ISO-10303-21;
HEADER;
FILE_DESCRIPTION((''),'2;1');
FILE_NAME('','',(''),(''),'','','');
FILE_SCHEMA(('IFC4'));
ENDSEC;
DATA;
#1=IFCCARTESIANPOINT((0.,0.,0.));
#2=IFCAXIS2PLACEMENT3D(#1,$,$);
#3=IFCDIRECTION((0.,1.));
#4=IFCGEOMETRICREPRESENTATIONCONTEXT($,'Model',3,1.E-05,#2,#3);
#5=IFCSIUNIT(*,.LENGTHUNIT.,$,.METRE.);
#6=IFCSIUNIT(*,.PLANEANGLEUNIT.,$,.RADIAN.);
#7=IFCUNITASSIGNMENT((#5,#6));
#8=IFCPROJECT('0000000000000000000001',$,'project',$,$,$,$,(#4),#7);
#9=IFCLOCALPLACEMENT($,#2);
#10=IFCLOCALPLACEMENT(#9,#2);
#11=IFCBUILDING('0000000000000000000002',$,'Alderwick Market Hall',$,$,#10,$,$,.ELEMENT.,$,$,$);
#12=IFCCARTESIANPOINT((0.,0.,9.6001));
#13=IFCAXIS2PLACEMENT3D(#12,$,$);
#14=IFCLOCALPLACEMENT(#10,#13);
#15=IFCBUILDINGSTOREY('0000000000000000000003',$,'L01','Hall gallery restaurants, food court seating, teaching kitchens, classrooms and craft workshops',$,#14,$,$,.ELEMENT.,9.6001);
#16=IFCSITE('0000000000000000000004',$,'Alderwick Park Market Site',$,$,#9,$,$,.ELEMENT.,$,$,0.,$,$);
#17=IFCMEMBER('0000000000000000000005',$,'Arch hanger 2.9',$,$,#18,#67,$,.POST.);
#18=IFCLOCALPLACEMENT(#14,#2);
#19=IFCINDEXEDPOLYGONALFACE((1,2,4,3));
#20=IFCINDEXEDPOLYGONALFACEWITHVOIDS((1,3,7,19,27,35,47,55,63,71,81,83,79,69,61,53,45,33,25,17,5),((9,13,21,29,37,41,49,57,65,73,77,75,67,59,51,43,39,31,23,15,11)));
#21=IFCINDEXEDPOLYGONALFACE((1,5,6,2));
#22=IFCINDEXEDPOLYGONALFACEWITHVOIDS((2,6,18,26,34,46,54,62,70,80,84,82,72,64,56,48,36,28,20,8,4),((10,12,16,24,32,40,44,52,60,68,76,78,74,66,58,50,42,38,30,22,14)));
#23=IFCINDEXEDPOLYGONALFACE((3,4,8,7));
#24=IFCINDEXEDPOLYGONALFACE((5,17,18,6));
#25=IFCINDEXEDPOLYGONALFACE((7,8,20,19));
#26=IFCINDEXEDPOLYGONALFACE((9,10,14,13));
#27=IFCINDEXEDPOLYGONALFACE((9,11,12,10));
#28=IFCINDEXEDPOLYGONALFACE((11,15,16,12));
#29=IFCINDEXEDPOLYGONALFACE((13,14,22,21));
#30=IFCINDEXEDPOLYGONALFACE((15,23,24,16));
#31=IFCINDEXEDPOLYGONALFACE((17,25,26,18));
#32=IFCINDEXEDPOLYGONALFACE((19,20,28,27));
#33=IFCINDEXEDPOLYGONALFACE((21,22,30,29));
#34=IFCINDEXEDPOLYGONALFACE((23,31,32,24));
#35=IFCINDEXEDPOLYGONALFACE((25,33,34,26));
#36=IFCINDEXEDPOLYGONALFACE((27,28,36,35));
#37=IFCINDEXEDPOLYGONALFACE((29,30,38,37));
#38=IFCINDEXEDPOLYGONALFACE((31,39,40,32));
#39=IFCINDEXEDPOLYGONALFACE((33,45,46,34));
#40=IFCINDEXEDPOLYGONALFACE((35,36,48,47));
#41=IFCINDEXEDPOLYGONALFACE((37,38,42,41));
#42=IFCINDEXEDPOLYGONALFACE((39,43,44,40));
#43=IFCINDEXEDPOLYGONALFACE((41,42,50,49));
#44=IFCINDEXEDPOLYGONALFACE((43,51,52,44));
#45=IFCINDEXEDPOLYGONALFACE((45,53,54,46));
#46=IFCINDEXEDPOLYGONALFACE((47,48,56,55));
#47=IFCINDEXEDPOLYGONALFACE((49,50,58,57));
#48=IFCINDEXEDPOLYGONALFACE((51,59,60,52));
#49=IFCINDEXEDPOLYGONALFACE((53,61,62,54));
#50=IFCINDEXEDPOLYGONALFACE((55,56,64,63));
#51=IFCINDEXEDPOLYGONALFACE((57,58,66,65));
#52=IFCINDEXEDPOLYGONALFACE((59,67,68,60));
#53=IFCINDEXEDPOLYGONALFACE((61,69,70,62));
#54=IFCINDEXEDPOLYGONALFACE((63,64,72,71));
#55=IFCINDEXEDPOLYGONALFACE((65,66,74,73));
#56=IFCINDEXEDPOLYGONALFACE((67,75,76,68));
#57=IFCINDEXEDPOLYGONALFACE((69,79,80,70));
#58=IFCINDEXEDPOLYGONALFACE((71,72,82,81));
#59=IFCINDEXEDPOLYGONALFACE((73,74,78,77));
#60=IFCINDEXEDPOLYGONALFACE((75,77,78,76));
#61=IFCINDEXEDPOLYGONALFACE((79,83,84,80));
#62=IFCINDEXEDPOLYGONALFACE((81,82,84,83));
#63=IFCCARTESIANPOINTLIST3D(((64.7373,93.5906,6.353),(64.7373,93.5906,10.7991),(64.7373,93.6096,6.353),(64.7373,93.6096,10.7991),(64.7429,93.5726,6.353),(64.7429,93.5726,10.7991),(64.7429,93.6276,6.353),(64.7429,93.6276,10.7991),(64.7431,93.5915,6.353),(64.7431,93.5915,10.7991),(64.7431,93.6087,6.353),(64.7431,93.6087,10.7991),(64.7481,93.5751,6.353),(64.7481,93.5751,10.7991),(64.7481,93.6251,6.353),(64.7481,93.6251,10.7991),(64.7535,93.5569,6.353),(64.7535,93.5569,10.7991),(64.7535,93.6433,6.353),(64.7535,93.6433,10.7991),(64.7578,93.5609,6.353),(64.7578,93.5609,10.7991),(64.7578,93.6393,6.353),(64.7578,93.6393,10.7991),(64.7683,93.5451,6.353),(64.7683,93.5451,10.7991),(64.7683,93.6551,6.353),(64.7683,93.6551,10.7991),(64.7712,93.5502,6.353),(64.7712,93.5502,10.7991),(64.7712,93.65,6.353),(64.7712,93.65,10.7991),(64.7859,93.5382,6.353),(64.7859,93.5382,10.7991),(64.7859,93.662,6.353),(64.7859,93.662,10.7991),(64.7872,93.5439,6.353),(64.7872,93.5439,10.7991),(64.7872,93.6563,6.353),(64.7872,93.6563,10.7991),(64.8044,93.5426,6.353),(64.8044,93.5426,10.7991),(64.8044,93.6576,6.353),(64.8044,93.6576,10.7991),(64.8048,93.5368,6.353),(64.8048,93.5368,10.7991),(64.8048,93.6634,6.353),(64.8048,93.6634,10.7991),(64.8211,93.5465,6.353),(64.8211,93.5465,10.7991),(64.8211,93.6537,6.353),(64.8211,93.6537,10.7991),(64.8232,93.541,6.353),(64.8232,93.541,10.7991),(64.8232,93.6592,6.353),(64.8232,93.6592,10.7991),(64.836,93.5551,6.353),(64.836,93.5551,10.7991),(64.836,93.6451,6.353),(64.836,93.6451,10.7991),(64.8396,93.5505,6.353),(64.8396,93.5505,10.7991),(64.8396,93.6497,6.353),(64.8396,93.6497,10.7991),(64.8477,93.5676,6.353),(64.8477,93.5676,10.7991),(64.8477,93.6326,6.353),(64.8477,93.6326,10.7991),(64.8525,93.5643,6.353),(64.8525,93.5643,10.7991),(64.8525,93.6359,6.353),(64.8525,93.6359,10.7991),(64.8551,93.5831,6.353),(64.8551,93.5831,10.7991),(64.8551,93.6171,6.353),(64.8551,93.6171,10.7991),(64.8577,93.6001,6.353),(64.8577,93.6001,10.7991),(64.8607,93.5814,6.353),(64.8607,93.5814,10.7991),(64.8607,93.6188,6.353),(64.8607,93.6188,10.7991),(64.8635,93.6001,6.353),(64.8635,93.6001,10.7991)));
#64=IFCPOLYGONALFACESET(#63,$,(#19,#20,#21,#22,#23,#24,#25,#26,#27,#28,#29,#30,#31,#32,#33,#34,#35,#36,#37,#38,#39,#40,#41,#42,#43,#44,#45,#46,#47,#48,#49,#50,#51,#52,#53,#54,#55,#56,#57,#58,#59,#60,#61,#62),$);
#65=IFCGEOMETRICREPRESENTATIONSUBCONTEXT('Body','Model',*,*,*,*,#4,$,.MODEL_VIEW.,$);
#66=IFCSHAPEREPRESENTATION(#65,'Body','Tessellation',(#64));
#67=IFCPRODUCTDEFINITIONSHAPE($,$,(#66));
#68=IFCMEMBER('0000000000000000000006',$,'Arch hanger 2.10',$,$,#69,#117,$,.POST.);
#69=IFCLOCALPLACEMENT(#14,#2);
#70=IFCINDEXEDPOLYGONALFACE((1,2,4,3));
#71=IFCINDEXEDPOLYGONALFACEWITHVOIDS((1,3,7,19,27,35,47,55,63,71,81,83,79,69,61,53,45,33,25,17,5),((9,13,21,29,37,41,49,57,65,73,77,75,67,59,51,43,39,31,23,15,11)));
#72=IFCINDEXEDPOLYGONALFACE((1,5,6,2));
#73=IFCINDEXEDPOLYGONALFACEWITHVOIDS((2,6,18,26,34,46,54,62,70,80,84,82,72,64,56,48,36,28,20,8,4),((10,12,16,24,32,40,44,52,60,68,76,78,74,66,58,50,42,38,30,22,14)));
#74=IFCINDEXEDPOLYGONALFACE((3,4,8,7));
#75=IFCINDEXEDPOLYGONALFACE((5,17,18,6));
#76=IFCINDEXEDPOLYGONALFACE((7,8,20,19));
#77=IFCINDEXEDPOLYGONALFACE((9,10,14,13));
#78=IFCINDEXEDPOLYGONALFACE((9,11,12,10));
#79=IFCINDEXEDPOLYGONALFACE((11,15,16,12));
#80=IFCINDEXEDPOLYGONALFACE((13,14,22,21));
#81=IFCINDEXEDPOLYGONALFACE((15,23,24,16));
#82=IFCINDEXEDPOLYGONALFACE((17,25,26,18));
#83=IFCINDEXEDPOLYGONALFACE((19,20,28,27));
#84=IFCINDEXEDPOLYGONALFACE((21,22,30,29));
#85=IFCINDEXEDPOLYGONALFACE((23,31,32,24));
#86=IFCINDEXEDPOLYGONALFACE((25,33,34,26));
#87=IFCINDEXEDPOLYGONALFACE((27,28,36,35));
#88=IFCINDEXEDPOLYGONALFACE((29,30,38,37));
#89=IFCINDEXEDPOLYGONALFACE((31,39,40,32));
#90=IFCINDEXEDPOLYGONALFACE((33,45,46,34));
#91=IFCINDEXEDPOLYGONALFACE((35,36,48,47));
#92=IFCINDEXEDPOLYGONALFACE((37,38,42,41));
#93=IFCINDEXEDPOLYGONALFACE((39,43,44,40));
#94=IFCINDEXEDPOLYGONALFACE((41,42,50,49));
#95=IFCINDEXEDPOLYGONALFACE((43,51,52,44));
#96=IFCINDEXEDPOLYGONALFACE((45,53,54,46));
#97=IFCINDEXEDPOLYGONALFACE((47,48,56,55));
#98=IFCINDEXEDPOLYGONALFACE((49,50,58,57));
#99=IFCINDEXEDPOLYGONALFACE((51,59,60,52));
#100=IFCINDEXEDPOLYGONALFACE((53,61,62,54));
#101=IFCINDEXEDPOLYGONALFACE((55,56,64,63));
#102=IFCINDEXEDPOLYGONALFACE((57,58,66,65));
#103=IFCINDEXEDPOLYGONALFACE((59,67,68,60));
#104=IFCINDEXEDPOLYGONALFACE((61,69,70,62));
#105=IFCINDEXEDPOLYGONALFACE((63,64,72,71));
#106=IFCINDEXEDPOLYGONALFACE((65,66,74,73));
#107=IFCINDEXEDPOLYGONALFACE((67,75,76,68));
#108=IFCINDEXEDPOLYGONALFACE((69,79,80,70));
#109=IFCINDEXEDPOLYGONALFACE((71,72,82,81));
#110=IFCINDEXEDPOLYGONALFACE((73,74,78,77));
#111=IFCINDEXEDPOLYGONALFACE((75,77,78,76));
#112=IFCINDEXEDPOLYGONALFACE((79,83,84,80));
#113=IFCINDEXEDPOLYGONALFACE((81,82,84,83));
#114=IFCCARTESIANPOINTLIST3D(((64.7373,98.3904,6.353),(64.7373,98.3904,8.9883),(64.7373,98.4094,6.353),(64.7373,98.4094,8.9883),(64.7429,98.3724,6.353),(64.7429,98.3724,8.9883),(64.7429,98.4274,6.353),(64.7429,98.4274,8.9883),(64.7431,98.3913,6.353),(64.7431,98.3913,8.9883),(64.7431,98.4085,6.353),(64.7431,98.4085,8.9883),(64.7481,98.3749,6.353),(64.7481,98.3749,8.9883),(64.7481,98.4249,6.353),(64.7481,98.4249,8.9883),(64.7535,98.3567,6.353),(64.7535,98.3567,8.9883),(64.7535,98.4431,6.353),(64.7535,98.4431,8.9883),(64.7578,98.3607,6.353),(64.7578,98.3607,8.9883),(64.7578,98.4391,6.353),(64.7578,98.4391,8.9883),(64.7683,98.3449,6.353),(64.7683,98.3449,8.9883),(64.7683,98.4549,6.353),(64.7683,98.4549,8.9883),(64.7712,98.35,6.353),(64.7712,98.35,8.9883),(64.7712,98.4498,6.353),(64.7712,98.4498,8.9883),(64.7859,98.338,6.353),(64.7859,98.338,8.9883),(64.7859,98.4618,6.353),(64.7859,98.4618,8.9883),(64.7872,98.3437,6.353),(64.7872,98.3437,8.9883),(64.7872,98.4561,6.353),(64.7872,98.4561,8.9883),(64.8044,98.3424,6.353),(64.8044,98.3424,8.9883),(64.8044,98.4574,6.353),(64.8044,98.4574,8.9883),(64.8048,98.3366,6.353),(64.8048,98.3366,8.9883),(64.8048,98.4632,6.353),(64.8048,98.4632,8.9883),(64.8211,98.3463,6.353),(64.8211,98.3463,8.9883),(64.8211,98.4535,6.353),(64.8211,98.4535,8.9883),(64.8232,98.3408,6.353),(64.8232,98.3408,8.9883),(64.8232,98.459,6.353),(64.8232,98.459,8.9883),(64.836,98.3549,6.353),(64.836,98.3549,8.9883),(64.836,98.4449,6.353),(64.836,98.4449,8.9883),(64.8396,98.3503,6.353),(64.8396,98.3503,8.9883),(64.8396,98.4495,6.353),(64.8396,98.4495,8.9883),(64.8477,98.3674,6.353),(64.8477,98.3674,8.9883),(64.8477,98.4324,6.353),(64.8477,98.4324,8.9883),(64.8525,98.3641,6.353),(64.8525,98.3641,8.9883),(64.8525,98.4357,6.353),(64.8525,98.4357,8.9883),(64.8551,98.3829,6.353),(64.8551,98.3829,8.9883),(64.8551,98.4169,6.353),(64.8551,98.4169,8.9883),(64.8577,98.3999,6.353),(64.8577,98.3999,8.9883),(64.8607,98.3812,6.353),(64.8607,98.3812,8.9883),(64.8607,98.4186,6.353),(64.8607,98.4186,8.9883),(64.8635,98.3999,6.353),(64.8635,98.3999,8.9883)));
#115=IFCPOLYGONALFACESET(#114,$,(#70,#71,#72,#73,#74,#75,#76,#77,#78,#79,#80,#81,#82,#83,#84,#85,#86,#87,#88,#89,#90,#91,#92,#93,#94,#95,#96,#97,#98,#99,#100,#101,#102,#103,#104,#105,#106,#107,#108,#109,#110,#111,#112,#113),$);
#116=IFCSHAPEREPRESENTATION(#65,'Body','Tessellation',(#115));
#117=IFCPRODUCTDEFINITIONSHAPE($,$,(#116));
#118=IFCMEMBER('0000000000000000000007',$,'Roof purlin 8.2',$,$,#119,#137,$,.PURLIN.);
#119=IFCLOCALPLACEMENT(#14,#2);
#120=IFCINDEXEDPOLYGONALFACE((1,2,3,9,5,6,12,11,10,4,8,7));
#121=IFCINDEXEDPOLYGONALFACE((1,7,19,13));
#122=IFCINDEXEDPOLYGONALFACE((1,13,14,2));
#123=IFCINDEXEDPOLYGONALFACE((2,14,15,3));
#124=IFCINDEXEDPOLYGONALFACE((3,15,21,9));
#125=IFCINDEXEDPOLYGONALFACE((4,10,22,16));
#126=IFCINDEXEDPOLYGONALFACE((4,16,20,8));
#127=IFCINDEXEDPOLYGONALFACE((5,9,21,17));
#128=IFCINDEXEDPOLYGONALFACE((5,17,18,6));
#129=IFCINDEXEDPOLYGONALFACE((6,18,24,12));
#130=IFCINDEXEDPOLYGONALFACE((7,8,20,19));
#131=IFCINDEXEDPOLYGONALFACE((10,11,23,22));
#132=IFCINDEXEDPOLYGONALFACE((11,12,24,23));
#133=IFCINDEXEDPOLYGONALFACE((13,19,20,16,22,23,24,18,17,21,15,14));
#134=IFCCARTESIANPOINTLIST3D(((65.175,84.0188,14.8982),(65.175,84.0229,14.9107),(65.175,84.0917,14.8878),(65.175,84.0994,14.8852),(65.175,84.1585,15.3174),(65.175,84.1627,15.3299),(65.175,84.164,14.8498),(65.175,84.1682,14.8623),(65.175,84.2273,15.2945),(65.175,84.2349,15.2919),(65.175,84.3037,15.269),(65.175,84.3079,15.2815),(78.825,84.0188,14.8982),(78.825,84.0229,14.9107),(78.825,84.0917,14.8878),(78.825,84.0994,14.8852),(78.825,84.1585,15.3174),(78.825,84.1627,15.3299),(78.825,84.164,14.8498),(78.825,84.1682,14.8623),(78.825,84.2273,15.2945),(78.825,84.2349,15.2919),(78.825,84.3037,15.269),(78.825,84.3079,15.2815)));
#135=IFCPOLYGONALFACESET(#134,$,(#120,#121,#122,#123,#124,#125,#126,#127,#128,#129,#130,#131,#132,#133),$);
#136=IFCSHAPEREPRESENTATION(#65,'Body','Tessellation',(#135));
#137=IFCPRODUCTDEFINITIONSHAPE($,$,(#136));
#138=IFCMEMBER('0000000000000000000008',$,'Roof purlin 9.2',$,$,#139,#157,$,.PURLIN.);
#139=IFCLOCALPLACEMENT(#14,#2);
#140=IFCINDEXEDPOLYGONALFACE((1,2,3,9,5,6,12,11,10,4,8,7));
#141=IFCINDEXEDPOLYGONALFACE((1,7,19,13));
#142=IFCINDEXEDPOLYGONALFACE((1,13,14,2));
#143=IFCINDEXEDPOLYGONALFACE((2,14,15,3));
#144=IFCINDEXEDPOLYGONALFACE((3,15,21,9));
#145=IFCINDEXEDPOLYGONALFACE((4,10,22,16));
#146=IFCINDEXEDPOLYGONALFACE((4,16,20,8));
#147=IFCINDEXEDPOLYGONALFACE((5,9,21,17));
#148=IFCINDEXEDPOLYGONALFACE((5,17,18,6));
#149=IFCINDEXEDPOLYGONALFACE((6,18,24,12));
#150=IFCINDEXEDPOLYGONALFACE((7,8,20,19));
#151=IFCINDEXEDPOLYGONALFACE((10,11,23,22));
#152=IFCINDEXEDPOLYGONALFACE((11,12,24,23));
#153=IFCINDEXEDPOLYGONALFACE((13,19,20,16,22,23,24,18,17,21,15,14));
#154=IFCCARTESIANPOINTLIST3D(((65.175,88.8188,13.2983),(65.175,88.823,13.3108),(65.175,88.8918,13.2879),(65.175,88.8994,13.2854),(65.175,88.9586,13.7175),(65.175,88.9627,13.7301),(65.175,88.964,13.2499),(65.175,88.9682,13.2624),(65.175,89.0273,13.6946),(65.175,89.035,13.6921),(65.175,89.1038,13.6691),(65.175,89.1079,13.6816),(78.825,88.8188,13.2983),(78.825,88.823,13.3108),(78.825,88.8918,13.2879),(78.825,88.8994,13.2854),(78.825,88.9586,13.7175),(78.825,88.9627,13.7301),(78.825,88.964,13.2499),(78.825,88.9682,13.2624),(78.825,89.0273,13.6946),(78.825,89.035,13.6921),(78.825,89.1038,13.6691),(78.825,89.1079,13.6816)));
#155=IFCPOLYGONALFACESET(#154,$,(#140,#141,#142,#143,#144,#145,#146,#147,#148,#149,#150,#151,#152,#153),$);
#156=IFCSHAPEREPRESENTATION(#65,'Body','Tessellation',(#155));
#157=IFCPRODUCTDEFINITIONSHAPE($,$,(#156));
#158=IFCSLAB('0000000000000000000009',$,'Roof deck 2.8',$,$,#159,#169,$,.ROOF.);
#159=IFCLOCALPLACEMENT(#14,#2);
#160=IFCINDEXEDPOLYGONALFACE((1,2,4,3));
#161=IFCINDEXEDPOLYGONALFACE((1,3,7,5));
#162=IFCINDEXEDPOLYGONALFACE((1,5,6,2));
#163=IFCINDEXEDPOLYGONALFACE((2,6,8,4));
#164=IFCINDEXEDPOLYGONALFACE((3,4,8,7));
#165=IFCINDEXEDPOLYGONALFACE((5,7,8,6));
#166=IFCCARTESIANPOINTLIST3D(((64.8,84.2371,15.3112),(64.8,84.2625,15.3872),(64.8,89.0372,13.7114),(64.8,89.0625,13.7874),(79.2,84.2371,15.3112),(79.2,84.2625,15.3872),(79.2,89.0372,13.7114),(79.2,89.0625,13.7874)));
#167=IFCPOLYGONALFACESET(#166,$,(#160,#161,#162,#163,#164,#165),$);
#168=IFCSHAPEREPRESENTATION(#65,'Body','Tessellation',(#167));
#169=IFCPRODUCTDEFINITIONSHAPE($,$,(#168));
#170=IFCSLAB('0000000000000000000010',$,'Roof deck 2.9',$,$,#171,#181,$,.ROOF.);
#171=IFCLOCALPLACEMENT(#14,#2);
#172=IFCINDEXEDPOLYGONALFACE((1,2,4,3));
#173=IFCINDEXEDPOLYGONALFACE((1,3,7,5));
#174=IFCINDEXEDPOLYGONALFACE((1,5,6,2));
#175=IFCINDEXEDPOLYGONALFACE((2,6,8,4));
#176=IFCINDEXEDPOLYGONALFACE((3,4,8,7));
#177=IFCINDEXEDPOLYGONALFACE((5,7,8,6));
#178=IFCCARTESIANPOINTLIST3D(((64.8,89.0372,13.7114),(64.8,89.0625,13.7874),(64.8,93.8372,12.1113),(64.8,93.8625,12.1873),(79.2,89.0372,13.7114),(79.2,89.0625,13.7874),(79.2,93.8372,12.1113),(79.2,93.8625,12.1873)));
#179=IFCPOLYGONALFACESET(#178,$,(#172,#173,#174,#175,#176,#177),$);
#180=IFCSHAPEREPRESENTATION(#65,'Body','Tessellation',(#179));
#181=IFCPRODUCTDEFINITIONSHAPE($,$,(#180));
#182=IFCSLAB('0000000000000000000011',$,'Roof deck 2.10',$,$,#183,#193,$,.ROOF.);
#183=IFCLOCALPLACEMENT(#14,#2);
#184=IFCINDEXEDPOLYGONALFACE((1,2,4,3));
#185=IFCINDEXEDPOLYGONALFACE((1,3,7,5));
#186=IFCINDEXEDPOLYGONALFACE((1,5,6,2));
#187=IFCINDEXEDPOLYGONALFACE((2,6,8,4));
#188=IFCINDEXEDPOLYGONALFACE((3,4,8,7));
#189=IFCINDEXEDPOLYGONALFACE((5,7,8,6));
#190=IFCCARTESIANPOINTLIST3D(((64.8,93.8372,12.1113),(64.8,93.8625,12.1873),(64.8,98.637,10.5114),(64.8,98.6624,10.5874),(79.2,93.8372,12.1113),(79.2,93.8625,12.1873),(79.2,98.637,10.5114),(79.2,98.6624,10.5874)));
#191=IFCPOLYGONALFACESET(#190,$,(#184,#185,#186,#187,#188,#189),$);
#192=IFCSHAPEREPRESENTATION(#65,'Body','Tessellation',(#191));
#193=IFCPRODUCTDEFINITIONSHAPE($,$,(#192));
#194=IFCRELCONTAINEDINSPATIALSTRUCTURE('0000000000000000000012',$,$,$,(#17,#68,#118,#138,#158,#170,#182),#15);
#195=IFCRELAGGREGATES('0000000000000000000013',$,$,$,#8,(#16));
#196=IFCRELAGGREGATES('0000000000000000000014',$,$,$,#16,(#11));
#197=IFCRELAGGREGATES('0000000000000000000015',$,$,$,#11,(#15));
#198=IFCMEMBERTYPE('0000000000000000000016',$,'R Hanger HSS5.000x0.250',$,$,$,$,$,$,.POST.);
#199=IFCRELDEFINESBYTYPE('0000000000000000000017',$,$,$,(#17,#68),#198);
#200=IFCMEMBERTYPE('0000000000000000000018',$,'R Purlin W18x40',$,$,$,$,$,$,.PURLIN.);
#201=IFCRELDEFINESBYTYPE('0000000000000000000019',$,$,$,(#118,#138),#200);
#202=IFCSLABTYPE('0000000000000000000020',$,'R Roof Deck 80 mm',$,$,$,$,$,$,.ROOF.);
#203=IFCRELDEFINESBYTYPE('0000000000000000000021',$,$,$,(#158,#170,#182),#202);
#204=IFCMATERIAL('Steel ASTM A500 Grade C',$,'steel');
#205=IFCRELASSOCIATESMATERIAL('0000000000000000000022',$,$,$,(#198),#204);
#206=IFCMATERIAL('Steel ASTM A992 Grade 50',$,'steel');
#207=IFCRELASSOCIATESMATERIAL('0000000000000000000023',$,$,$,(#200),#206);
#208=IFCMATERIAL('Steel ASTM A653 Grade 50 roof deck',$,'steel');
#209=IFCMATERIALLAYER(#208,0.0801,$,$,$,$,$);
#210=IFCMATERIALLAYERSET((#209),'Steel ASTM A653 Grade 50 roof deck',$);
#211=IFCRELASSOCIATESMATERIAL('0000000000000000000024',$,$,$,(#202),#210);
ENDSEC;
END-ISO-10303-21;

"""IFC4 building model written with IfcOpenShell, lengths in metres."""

from ifc_helpers import new_model, si_unit, direction, frame, origin, origin_2d, place, context, subcontext, project, spatial, polyline, hollow_circle, i_section, outline, extrude, material, layer, layer_set, material_profile, profile_set, type_object, element, save


model = new_model("IFC4")

# Units and contexts
model_context = context("Model", 3, precision=1e-05, world=origin(), true_north=direction((0.0, 1.0)))
body_context = subcontext(model_context, "Body", "Model", "MODEL_VIEW")
ifc_project = project(units=[si_unit("LENGTHUNIT", "METRE"), si_unit("PLANEANGLEUNIT", "RADIAN")], contexts=[model_context])

# Site, building, storey
site_placement = place(None, origin())
site = spatial("IfcSite", under=ifc_project, at=site_placement, Name="Alderwick Park Market Site", CompositionType="ELEMENT", RefElevation=0.0)
building_placement = place(site_placement, origin())
building = spatial("IfcBuilding", under=site, at=building_placement, Name="Alderwick Market Hall", CompositionType="ELEMENT")
storey_placement = place(building_placement, frame((0.0, 0.0, 9.6001)))
storey = spatial("IfcBuildingStorey", under=building, at=storey_placement, Name="L01", Description="Hall gallery restaurants, food court seating, teaching kitchens, classrooms and craft workshops", CompositionType="ELEMENT", Elevation=9.6001)

# Members
ifc_material_1 = material(Name="Steel ASTM A500 Grade C", Category="steel")
ifc_material_profile_1 = material_profile(ifc_material_1, hollow_circle(Radius=0.0635, WallThickness=0.0059, at=origin_2d()), Name="HSS5.000x0.250")
ifc_profile_set_1 = profile_set([ifc_material_profile_1], Name="Steel ASTM A500 Grade C")
member_type_1 = type_object("IfcMemberType", Name="R Hanger HSS5.000x0.250", PredefinedType="POST", material=ifc_profile_set_1)
member_1_placement = place(storey_placement, frame((64.8, 93.6001, 6.353), z_axis=(0.0, 0.0, 1.0), x_axis=(1.0, 0.0, 0.0)))
element("IfcMember", 1, at=member_1_placement, inside=storey, type_object=member_type_1, Name="Arch hanger 2.9", PredefinedType="POST", context=body_context, shape_type="SweptSolid", body=[
    extrude(hollow_circle(Radius=0.0635, WallThickness=0.0059, at=origin_2d()), origin(), (0.0, 0.0, 1.0), 4.446),
])
member_2_placement = place(storey_placement, frame((64.8, 98.3999, 6.353), z_axis=(0.0, 0.0, 1.0), x_axis=(1.0, 0.0, 0.0)))
element("IfcMember", 2, at=member_2_placement, inside=storey, type_object=member_type_1, Name="Arch hanger 2.10", PredefinedType="POST", context=body_context, shape_type="SweptSolid", body=[
    extrude(hollow_circle(Radius=0.0635, WallThickness=0.0059, at=origin_2d()), origin(), (0.0, 0.0, 1.0), 2.6353),
])
ifc_material_2 = material(Name="Steel ASTM A992 Grade 50", Category="steel")
ifc_material_profile_2 = material_profile(ifc_material_2, i_section(OverallWidth=0.1531, OverallDepth=0.4551, WebThickness=0.0081, FlangeThickness=0.0132, at=origin_2d()), Name="W18x40")
ifc_profile_set_2 = profile_set([ifc_material_profile_2], Name="Steel ASTM A992 Grade 50")
member_type_2 = type_object("IfcMemberType", Name="R Purlin W18x40", PredefinedType="PURLIN", material=ifc_profile_set_2)
for number, where, z_axis, x_axis, name in (
    (3, (65.175, 84.1633, 15.0898), (1.0, 0.0, 0.0), (0.0, 0.948683, -0.316228), "Roof purlin 8.2"),
    (4, (65.175, 88.9634, 13.49), (1.0, 0.0, 0.0), (0.0, 0.948683, -0.316228), "Roof purlin 9.2"),
):
    element("IfcMember", number, at=place(storey_placement, frame(where, z_axis=z_axis, x_axis=x_axis)), inside=storey, type_object=member_type_2, Name=name, PredefinedType="PURLIN", context=body_context, shape_type="SweptSolid", body=[
        extrude(i_section(OverallWidth=0.1531, OverallDepth=0.4551, WebThickness=0.0081, FlangeThickness=0.0132, at=origin_2d()), origin(), (0.0, 0.0, 1.0), 13.6499),
    ])

# Slabs
ifc_material_3 = material(Name="Steel ASTM A653 Grade 50 roof deck", Category="steel")
ifc_layer_1 = layer(ifc_material_3, 0.0801)
ifc_layer_set_1 = layer_set([ifc_layer_1], Name="Steel ASTM A653 Grade 50 roof deck")
slab_type = type_object("IfcSlabType", Name="R Roof Deck 80 mm", PredefinedType="ROOF", material=ifc_layer_set_1)
slab_1_placement = place(storey_placement, frame((64.8, 84.2625, 15.3872), z_axis=(0.0, 0.316199, 0.948693), x_axis=(1.0, 0.0, 0.0)))
element("IfcSlab", 5, at=slab_1_placement, inside=storey, type_object=slab_type, Name="Roof deck 2.8", PredefinedType="ROOF", context=body_context, shape_type="SweptSolid", body=[
    extrude(outline(polyline([(0.0, 0.0), (14.3999, 0.0), (14.3999, 5.0596), (0.0, 5.0596), (0.0, 0.0)])), origin(), (0.0, 0.0, -1.0), 0.0801),
])
slab_2_placement = place(storey_placement, frame((64.8, 89.0625, 13.7874), z_axis=(0.0, 0.316242, 0.948678), x_axis=(1.0, 0.0, 0.0)))
element("IfcSlab", 6, at=slab_2_placement, inside=storey, type_object=slab_type, Name="Roof deck 2.9", PredefinedType="ROOF", context=body_context, shape_type="SweptSolid", body=[
    extrude(outline(polyline([(0.0, 0.0), (14.3999, 0.0), (14.3999, 5.0597), (0.0, 5.0597), (0.0, 0.0)])), origin(), (0.0, 0.0, -1.0), 0.0801),
])
slab_3_placement = place(storey_placement, frame((64.8, 93.8625, 12.1873), z_axis=(0.0, 0.316213, 0.948688), x_axis=(1.0, 0.0, 0.0)))
element("IfcSlab", 7, at=slab_3_placement, inside=storey, type_object=slab_type, Name="Roof deck 2.10", PredefinedType="ROOF", context=body_context, shape_type="SweptSolid", body=[
    extrude(outline(polyline([(0.0, 0.0), (14.3999, 0.0), (14.3999, 5.0594), (0.0, 5.0594), (0.0, 0.0)])), origin(), (0.0, 0.0, -1.0), 0.0801),
])

save(model, "model.ifc")
